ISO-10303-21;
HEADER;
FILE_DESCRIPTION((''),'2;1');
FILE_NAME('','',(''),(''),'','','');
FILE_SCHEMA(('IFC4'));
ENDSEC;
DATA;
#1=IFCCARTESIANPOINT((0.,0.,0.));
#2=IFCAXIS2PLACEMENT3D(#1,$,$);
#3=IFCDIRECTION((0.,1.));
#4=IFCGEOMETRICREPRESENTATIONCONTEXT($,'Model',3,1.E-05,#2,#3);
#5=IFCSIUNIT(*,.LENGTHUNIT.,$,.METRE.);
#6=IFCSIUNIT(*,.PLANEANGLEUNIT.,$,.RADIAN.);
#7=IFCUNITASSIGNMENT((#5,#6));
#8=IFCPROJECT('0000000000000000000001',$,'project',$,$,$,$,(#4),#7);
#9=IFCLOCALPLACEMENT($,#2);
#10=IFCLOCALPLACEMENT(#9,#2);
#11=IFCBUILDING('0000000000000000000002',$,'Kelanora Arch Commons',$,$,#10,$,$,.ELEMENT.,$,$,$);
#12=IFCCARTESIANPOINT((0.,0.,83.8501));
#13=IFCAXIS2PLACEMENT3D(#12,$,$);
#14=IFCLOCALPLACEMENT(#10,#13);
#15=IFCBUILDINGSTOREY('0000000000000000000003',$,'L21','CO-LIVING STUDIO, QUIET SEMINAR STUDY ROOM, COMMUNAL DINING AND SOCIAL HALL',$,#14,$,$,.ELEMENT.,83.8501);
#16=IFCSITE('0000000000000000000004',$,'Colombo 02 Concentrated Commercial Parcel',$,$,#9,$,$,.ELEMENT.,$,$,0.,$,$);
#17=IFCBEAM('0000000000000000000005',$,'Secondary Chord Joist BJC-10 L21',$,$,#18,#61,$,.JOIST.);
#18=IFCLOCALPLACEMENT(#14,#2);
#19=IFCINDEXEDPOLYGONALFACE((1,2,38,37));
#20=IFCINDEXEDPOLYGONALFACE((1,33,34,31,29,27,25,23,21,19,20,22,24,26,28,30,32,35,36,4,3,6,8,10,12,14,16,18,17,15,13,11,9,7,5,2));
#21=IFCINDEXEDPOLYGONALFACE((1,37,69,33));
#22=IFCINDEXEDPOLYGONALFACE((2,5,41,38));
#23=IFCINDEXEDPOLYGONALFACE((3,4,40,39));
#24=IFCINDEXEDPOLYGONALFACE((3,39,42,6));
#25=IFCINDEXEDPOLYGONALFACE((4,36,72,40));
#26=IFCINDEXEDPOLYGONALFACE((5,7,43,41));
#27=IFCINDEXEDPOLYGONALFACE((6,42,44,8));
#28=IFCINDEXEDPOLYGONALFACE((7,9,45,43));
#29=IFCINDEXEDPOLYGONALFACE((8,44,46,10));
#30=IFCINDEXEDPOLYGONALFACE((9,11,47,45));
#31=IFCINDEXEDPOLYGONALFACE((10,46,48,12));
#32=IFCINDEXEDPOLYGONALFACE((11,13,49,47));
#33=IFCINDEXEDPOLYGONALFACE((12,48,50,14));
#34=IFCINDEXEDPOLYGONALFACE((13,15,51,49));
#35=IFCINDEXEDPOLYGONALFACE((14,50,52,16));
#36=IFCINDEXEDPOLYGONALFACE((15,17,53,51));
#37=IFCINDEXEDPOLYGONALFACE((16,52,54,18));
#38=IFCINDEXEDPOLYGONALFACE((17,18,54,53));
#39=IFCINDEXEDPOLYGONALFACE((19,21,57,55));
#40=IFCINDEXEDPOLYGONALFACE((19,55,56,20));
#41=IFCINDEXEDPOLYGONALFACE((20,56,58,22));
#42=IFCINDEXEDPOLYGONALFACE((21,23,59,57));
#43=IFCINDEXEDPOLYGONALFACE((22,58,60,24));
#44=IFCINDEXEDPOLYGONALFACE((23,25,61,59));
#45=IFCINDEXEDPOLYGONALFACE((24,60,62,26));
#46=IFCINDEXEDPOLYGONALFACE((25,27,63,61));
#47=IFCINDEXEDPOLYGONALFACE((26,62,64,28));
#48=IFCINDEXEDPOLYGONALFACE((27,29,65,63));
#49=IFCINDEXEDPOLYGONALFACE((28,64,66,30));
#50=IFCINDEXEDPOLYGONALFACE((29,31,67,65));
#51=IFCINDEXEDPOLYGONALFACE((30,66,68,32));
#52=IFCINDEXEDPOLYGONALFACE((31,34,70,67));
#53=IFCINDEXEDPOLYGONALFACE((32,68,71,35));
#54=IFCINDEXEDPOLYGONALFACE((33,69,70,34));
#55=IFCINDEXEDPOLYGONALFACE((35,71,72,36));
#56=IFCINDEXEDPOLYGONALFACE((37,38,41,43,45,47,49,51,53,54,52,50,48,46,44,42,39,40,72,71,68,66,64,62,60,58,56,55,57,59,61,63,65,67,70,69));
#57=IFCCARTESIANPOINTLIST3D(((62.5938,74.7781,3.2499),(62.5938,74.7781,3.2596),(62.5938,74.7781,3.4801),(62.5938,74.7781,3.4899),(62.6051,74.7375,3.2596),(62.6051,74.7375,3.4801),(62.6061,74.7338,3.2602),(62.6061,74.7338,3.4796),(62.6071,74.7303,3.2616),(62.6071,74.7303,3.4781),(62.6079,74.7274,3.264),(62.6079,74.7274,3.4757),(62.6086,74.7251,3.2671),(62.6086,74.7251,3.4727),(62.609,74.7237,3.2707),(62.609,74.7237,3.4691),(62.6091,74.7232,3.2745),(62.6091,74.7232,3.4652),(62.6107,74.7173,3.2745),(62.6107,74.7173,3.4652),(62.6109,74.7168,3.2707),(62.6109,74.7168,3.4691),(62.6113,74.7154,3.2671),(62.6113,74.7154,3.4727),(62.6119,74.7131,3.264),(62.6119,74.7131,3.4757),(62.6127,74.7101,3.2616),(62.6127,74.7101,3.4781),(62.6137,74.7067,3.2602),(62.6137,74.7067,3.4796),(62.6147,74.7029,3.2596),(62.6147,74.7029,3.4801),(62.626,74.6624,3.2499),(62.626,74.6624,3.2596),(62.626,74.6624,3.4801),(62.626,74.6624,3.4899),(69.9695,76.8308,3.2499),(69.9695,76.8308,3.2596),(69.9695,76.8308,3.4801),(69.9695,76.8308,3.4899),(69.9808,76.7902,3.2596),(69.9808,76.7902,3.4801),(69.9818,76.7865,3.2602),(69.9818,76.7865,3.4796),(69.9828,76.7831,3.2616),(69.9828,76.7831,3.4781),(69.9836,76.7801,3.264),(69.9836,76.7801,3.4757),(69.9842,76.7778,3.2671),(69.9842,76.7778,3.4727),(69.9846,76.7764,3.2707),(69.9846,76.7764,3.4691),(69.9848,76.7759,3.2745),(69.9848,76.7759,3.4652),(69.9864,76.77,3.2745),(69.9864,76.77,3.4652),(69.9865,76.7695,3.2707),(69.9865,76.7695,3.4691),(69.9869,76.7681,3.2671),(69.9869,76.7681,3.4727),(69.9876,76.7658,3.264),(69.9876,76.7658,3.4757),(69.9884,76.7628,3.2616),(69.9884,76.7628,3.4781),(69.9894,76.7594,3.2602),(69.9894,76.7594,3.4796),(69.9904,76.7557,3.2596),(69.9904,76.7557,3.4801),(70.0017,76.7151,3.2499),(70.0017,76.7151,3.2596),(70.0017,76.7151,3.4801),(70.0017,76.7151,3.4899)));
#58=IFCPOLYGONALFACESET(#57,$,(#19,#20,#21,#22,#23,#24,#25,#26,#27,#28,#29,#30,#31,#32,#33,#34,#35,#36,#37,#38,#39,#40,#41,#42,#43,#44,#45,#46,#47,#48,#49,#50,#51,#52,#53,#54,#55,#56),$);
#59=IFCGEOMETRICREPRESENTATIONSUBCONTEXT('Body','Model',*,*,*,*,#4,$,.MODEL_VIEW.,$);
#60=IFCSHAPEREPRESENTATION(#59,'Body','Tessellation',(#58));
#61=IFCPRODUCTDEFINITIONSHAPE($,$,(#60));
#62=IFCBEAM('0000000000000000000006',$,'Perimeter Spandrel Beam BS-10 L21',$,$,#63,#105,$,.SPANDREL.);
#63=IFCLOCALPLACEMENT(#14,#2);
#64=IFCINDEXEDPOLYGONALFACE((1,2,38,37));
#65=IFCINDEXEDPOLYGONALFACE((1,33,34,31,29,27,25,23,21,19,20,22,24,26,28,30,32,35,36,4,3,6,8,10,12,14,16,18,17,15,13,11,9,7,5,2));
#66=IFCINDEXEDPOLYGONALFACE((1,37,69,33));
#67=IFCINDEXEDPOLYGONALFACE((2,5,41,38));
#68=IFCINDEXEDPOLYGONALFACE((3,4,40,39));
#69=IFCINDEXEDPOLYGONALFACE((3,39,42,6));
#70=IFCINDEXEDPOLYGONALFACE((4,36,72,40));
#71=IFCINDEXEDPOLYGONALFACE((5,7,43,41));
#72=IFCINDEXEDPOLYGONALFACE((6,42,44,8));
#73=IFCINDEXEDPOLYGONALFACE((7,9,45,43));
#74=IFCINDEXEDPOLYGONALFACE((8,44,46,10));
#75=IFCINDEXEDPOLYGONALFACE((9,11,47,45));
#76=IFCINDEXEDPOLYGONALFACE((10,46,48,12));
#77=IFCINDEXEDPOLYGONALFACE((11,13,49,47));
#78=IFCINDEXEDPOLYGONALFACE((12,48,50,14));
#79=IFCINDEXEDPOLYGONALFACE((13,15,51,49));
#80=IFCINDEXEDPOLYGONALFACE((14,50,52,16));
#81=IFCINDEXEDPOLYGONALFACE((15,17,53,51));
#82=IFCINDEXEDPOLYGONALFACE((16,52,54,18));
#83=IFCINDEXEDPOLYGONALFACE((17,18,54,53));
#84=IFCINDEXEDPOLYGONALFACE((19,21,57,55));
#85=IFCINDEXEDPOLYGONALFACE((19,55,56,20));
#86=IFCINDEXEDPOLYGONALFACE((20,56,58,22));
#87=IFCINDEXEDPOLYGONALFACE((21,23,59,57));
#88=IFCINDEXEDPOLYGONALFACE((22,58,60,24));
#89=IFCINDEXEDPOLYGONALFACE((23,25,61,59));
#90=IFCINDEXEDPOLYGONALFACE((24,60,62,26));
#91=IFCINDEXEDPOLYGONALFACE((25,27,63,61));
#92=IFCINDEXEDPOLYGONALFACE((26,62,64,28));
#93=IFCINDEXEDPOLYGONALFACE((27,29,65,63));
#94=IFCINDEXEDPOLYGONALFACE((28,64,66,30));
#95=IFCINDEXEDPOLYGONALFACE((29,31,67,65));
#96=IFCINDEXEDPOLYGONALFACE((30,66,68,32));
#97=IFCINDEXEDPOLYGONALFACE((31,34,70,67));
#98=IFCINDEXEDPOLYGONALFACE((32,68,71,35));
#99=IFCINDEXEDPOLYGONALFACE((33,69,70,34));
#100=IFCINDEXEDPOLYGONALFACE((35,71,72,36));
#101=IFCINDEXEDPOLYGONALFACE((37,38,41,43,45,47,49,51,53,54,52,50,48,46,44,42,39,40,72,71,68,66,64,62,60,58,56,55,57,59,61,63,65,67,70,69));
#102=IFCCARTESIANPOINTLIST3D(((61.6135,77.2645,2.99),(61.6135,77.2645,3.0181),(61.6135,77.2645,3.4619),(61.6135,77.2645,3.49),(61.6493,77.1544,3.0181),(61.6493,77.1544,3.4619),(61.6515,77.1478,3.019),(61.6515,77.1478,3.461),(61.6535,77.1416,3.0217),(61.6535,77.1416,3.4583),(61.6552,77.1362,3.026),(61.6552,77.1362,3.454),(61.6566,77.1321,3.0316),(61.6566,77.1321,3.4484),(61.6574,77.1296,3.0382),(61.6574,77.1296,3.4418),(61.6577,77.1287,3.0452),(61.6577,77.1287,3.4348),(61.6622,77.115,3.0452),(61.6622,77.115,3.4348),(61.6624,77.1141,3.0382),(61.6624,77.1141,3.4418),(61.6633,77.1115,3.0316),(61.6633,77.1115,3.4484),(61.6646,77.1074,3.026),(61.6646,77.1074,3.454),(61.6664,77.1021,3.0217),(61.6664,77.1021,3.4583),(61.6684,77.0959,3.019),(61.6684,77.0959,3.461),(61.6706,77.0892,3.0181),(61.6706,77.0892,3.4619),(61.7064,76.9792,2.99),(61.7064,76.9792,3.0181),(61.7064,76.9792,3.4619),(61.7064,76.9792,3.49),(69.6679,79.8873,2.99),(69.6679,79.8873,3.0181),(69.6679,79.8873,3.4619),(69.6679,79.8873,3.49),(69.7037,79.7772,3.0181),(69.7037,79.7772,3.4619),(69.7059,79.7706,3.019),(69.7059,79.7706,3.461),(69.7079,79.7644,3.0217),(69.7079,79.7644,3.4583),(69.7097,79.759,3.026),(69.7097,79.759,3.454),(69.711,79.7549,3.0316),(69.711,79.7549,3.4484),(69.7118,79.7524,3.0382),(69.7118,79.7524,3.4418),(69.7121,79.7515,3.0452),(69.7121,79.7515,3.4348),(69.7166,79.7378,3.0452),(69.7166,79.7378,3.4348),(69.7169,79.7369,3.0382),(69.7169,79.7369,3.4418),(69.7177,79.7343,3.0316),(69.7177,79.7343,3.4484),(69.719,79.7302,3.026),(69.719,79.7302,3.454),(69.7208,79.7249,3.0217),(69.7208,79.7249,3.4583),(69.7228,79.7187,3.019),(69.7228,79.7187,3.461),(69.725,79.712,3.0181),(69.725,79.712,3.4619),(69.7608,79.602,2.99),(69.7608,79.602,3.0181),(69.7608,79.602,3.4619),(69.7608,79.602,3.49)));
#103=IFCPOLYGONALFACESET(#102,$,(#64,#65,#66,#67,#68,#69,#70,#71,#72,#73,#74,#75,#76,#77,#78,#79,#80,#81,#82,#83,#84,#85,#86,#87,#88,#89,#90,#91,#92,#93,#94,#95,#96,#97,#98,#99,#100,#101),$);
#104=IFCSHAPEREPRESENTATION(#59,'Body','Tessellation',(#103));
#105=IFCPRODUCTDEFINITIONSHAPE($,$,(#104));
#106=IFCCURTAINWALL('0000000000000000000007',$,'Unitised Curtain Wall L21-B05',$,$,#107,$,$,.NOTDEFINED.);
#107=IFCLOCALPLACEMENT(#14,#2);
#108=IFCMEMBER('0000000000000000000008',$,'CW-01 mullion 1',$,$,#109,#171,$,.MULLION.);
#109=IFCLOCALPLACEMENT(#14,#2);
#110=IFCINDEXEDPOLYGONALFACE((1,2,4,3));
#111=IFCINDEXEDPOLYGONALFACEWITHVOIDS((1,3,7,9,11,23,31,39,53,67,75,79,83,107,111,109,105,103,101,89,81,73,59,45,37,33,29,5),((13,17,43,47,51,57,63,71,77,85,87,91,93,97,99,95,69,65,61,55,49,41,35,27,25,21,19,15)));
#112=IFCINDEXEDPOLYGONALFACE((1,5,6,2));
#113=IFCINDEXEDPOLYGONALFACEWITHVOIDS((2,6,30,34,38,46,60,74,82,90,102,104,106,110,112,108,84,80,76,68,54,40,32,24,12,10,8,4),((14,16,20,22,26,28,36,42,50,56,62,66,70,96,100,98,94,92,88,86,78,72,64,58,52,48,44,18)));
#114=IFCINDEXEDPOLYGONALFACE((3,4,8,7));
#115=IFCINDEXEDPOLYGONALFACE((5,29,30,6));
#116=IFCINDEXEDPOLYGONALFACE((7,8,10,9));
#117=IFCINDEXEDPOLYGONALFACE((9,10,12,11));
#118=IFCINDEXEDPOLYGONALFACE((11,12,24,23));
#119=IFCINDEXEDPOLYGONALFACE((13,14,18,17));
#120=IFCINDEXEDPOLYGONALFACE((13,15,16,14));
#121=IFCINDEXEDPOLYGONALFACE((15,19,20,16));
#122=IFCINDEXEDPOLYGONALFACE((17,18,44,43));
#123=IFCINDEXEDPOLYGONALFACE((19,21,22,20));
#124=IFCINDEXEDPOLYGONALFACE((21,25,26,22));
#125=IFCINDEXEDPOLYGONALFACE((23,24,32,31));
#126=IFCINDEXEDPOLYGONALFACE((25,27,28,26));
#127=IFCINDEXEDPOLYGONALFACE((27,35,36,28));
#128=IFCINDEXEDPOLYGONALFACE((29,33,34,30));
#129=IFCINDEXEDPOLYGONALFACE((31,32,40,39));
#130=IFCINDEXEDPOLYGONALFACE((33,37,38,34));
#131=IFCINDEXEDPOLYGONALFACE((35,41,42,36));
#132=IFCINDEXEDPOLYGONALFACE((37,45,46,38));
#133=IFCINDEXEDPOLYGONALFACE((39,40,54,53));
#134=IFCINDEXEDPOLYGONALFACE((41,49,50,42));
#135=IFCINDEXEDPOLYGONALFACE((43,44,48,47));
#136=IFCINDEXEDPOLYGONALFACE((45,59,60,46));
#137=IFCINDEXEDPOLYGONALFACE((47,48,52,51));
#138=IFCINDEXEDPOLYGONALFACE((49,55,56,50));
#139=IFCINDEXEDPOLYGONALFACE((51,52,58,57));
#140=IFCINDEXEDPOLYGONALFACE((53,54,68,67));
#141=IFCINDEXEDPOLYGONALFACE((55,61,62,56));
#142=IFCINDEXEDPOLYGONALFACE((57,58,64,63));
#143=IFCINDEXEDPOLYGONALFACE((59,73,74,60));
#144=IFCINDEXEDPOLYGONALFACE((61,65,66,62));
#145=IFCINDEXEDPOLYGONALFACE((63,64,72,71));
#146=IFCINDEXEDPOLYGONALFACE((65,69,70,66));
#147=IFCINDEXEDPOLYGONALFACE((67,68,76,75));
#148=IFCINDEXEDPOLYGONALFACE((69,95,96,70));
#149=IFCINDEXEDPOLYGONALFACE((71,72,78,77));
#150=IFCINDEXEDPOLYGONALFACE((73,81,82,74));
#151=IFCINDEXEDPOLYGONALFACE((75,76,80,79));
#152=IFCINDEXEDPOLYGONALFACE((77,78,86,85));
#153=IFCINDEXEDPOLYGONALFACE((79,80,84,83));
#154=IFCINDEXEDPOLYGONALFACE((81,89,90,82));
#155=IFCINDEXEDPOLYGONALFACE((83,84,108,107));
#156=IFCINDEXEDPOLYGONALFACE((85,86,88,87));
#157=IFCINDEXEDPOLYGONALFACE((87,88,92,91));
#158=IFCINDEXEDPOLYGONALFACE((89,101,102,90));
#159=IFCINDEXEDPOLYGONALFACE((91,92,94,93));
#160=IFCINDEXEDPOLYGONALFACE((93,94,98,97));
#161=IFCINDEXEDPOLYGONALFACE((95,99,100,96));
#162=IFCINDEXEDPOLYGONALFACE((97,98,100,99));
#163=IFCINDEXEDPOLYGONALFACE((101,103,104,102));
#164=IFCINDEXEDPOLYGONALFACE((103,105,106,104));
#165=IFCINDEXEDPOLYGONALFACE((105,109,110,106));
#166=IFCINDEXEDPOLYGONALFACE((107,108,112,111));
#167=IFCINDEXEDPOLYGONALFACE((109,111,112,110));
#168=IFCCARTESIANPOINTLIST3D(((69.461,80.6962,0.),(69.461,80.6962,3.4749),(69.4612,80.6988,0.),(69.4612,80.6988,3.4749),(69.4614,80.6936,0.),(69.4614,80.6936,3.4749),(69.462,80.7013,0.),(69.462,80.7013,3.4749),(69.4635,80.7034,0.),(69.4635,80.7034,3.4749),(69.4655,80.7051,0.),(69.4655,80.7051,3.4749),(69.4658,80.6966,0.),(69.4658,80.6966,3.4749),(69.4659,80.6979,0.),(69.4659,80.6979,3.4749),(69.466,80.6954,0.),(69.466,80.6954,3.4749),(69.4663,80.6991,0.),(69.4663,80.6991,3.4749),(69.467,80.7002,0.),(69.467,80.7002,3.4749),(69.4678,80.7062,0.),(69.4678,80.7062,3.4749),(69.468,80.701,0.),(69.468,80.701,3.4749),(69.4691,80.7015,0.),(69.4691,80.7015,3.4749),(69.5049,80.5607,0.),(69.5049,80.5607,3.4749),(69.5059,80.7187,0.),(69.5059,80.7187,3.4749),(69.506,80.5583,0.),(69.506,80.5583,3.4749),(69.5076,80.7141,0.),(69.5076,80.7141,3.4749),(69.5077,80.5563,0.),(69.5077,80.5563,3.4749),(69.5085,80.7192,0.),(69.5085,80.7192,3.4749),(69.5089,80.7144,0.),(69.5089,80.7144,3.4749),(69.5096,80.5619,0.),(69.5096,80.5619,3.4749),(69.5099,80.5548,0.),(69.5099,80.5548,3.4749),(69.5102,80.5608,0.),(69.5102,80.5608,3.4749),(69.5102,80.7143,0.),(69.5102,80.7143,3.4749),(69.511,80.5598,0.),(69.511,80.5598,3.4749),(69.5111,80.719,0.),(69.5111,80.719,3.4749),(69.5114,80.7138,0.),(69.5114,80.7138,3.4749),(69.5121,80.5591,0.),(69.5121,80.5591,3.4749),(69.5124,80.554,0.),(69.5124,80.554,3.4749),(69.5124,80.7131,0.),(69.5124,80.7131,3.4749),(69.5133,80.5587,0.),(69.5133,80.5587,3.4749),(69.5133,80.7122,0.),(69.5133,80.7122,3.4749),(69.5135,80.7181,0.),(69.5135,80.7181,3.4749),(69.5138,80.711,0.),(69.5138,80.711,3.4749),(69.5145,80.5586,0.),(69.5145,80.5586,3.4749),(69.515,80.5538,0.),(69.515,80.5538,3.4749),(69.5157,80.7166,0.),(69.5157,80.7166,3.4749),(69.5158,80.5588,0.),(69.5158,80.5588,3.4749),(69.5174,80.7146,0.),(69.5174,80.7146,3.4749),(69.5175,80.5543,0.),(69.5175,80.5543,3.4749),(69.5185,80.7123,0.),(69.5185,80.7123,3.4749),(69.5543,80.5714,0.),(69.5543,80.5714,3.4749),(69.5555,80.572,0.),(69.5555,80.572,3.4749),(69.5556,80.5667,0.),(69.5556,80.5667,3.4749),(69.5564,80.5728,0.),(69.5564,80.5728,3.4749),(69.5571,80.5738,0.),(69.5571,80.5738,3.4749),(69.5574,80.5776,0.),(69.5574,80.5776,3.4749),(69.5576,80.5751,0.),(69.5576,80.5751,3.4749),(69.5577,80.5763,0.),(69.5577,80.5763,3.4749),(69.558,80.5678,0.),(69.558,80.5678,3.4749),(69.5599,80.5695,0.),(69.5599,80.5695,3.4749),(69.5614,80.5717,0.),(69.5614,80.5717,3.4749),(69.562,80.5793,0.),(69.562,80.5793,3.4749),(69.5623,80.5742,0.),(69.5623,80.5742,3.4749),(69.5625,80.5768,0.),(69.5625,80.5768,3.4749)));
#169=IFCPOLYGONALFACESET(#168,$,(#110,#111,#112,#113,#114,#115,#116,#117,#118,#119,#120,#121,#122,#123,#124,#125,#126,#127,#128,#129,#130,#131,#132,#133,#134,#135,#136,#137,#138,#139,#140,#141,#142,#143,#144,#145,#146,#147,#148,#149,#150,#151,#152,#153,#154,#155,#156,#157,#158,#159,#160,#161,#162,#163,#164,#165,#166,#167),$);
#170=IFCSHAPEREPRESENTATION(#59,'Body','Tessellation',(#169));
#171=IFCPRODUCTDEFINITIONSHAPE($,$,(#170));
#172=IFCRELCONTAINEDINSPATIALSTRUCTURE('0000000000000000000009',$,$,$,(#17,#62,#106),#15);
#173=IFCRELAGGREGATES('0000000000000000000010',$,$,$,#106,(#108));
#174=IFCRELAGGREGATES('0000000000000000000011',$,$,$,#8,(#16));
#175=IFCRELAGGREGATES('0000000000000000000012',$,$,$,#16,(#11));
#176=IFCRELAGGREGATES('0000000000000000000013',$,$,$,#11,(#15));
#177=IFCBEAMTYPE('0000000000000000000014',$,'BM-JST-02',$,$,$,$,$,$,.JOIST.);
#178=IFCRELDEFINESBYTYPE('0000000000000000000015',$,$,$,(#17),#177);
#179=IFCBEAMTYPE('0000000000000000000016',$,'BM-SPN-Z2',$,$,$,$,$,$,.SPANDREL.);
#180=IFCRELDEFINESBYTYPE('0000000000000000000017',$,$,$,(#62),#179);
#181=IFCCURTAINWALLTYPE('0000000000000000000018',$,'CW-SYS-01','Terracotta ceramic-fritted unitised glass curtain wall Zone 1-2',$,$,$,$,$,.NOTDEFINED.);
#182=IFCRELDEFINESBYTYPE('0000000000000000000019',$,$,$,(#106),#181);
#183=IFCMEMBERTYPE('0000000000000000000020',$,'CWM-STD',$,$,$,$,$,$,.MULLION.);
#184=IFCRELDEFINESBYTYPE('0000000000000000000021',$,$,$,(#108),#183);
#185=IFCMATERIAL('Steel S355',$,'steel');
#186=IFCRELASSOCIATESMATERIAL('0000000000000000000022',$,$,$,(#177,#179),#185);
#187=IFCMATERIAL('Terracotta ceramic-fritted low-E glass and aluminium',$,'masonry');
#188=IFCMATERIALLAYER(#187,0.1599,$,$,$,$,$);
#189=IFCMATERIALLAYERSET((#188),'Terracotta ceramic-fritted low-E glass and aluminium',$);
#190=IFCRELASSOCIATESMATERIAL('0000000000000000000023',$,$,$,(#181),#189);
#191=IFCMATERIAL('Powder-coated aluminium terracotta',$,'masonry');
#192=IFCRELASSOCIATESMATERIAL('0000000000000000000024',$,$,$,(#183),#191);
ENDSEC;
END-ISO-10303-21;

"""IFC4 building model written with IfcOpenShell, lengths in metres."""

from ifc_helpers import new_model, si_unit, direction, frame, origin, origin_2d, place, context, subcontext, project, spatial, hollow_rectangle, i_section, extrude, material, layer, layer_set, material_profile, profile_set, type_object, element, aggregate, save


model = new_model("IFC4")

# Units and contexts
model_context = context("Model", 3, precision=1e-05, world=origin(), true_north=direction((0.0, 1.0)))
body_context = subcontext(model_context, "Body", "Model", "MODEL_VIEW")
ifc_project = project(units=[si_unit("LENGTHUNIT", "METRE"), si_unit("PLANEANGLEUNIT", "RADIAN")], contexts=[model_context])

# Site, building, storey
site_placement = place(None, origin())
site = spatial("IfcSite", under=ifc_project, at=site_placement, Name="Colombo 02 Concentrated Commercial Parcel", CompositionType="ELEMENT", RefElevation=0.0)
building_placement = place(site_placement, origin())
building = spatial("IfcBuilding", under=site, at=building_placement, Name="Kelanora Arch Commons", CompositionType="ELEMENT")
storey_placement = place(building_placement, frame((0.0, 0.0, 83.8501)))
storey = spatial("IfcBuildingStorey", under=building, at=storey_placement, Name="L21", Description="CO-LIVING STUDIO, QUIET SEMINAR STUDY ROOM, COMMUNAL DINING AND SOCIAL HALL", CompositionType="ELEMENT", Elevation=83.8501)

# Beams
ifc_material_1 = material(Name="Steel S355", Category="steel")
ifc_material_profile_1 = material_profile(ifc_material_1, i_section(OverallWidth=0.1201, OverallDepth=0.24, WebThickness=0.0061, FlangeThickness=0.0098, FilletRadius=0.0149, at=origin_2d()), Name="IPE240")
ifc_profile_set_1 = profile_set([ifc_material_profile_1], Name="Steel S355")
beam_type_1 = type_object("IfcBeamType", Name="BM-JST-02", PredefinedType="JOIST", material=ifc_profile_set_1)
beam_1_placement = place(storey_placement, frame((69.9856, 76.7729, 3.3699), z_axis=(-0.963386, -0.268119, 0.0), x_axis=(0.268119, -0.963386, 0.0)))
element("IfcBeam", 1, at=beam_1_placement, inside=storey, type_object=beam_type_1, Name="Secondary Chord Joist BJC-10 L21", PredefinedType="JOIST", context=body_context, shape_type="SweptSolid", body=[
    extrude(i_section(OverallWidth=0.1201, OverallDepth=0.24, WebThickness=0.0061, FlangeThickness=0.0098, FilletRadius=0.0149, at=origin_2d()), origin(), (0.0, 0.0, 1.0), 7.656),
])
ifc_material_profile_2 = material_profile(ifc_material_1, i_section(OverallWidth=0.3, OverallDepth=0.5, WebThickness=0.0144, FlangeThickness=0.0281, FilletRadius=0.0271, at=origin_2d()), Name="HEB500")
ifc_profile_set_2 = profile_set([ifc_material_profile_2], Name="Steel S355")
beam_type_2 = type_object("IfcBeamType", Name="BM-SPN-Z2", PredefinedType="SPANDREL", material=ifc_profile_set_2)
beam_2_placement = place(storey_placement, frame((69.7144, 79.7446, 3.24), z_axis=(-0.950857, -0.309631, 0.0), x_axis=(0.309631, -0.950857, 0.0)))
element("IfcBeam", 2, at=beam_2_placement, inside=storey, type_object=beam_type_2, Name="Perimeter Spandrel Beam BS-10 L21", PredefinedType="SPANDREL", context=body_context, shape_type="SweptSolid", body=[
    extrude(i_section(OverallWidth=0.3, OverallDepth=0.5, WebThickness=0.0144, FlangeThickness=0.0281, FilletRadius=0.0271, at=origin_2d()), origin(), (0.0, 0.0, 1.0), 8.4707),
])

# Curtain wall, member
ifc_material_2 = material(Name="Terracotta ceramic-fritted low-E glass and aluminium", Category="masonry")
ifc_layer_1 = layer(ifc_material_2, 0.1599)
ifc_layer_set_1 = layer_set([ifc_layer_1], Name="Terracotta ceramic-fritted low-E glass and aluminium")
curtain_wall_type = type_object("IfcCurtainWallType", Name="CW-SYS-01", Description="Terracotta ceramic-fritted unitised glass curtain wall Zone 1-2", PredefinedType="NOTDEFINED", material=ifc_layer_set_1)
curtain_wall_placement = place(storey_placement, origin())
curtain_wall = element("IfcCurtainWall", 3, at=curtain_wall_placement, inside=storey, type_object=curtain_wall_type, Name="Unitised Curtain Wall L21-B05", PredefinedType="NOTDEFINED")
ifc_material_3 = material(Name="Powder-coated aluminium terracotta", Category="masonry")
ifc_material_profile_3 = material_profile(ifc_material_3, hollow_rectangle(XDim=0.1599, YDim=0.0601, WallThickness=0.0049, InnerFilletRadius=0.0049, OuterFilletRadius=0.01, at=origin_2d()), Name="CWM160x60")
ifc_profile_set_3 = profile_set([ifc_material_profile_3], Name="Powder-coated aluminium terracotta")
member_type_1 = type_object("IfcMemberType", Name="CWM-STD", PredefinedType="MULLION", material=ifc_profile_set_3)
member_1_placement = place(storey_placement, frame((69.5117, 80.6365, 0.0), z_axis=(0.0, 0.0, 1.0), x_axis=(0.310805, -0.950474, 0.0)))
member_1 = element("IfcMember", 4, at=member_1_placement, type_object=member_type_1, Name="CW-01 mullion 1", PredefinedType="MULLION", context=body_context, shape_type="SweptSolid", body=[
    extrude(hollow_rectangle(XDim=0.1599, YDim=0.0601, WallThickness=0.0049, InnerFilletRadius=0.0049, OuterFilletRadius=0.01, at=origin_2d()), origin(), (0.0, 0.0, 1.0), 3.4749),
])
aggregate(curtain_wall, [member_1])

save(model, "model.ifc")
